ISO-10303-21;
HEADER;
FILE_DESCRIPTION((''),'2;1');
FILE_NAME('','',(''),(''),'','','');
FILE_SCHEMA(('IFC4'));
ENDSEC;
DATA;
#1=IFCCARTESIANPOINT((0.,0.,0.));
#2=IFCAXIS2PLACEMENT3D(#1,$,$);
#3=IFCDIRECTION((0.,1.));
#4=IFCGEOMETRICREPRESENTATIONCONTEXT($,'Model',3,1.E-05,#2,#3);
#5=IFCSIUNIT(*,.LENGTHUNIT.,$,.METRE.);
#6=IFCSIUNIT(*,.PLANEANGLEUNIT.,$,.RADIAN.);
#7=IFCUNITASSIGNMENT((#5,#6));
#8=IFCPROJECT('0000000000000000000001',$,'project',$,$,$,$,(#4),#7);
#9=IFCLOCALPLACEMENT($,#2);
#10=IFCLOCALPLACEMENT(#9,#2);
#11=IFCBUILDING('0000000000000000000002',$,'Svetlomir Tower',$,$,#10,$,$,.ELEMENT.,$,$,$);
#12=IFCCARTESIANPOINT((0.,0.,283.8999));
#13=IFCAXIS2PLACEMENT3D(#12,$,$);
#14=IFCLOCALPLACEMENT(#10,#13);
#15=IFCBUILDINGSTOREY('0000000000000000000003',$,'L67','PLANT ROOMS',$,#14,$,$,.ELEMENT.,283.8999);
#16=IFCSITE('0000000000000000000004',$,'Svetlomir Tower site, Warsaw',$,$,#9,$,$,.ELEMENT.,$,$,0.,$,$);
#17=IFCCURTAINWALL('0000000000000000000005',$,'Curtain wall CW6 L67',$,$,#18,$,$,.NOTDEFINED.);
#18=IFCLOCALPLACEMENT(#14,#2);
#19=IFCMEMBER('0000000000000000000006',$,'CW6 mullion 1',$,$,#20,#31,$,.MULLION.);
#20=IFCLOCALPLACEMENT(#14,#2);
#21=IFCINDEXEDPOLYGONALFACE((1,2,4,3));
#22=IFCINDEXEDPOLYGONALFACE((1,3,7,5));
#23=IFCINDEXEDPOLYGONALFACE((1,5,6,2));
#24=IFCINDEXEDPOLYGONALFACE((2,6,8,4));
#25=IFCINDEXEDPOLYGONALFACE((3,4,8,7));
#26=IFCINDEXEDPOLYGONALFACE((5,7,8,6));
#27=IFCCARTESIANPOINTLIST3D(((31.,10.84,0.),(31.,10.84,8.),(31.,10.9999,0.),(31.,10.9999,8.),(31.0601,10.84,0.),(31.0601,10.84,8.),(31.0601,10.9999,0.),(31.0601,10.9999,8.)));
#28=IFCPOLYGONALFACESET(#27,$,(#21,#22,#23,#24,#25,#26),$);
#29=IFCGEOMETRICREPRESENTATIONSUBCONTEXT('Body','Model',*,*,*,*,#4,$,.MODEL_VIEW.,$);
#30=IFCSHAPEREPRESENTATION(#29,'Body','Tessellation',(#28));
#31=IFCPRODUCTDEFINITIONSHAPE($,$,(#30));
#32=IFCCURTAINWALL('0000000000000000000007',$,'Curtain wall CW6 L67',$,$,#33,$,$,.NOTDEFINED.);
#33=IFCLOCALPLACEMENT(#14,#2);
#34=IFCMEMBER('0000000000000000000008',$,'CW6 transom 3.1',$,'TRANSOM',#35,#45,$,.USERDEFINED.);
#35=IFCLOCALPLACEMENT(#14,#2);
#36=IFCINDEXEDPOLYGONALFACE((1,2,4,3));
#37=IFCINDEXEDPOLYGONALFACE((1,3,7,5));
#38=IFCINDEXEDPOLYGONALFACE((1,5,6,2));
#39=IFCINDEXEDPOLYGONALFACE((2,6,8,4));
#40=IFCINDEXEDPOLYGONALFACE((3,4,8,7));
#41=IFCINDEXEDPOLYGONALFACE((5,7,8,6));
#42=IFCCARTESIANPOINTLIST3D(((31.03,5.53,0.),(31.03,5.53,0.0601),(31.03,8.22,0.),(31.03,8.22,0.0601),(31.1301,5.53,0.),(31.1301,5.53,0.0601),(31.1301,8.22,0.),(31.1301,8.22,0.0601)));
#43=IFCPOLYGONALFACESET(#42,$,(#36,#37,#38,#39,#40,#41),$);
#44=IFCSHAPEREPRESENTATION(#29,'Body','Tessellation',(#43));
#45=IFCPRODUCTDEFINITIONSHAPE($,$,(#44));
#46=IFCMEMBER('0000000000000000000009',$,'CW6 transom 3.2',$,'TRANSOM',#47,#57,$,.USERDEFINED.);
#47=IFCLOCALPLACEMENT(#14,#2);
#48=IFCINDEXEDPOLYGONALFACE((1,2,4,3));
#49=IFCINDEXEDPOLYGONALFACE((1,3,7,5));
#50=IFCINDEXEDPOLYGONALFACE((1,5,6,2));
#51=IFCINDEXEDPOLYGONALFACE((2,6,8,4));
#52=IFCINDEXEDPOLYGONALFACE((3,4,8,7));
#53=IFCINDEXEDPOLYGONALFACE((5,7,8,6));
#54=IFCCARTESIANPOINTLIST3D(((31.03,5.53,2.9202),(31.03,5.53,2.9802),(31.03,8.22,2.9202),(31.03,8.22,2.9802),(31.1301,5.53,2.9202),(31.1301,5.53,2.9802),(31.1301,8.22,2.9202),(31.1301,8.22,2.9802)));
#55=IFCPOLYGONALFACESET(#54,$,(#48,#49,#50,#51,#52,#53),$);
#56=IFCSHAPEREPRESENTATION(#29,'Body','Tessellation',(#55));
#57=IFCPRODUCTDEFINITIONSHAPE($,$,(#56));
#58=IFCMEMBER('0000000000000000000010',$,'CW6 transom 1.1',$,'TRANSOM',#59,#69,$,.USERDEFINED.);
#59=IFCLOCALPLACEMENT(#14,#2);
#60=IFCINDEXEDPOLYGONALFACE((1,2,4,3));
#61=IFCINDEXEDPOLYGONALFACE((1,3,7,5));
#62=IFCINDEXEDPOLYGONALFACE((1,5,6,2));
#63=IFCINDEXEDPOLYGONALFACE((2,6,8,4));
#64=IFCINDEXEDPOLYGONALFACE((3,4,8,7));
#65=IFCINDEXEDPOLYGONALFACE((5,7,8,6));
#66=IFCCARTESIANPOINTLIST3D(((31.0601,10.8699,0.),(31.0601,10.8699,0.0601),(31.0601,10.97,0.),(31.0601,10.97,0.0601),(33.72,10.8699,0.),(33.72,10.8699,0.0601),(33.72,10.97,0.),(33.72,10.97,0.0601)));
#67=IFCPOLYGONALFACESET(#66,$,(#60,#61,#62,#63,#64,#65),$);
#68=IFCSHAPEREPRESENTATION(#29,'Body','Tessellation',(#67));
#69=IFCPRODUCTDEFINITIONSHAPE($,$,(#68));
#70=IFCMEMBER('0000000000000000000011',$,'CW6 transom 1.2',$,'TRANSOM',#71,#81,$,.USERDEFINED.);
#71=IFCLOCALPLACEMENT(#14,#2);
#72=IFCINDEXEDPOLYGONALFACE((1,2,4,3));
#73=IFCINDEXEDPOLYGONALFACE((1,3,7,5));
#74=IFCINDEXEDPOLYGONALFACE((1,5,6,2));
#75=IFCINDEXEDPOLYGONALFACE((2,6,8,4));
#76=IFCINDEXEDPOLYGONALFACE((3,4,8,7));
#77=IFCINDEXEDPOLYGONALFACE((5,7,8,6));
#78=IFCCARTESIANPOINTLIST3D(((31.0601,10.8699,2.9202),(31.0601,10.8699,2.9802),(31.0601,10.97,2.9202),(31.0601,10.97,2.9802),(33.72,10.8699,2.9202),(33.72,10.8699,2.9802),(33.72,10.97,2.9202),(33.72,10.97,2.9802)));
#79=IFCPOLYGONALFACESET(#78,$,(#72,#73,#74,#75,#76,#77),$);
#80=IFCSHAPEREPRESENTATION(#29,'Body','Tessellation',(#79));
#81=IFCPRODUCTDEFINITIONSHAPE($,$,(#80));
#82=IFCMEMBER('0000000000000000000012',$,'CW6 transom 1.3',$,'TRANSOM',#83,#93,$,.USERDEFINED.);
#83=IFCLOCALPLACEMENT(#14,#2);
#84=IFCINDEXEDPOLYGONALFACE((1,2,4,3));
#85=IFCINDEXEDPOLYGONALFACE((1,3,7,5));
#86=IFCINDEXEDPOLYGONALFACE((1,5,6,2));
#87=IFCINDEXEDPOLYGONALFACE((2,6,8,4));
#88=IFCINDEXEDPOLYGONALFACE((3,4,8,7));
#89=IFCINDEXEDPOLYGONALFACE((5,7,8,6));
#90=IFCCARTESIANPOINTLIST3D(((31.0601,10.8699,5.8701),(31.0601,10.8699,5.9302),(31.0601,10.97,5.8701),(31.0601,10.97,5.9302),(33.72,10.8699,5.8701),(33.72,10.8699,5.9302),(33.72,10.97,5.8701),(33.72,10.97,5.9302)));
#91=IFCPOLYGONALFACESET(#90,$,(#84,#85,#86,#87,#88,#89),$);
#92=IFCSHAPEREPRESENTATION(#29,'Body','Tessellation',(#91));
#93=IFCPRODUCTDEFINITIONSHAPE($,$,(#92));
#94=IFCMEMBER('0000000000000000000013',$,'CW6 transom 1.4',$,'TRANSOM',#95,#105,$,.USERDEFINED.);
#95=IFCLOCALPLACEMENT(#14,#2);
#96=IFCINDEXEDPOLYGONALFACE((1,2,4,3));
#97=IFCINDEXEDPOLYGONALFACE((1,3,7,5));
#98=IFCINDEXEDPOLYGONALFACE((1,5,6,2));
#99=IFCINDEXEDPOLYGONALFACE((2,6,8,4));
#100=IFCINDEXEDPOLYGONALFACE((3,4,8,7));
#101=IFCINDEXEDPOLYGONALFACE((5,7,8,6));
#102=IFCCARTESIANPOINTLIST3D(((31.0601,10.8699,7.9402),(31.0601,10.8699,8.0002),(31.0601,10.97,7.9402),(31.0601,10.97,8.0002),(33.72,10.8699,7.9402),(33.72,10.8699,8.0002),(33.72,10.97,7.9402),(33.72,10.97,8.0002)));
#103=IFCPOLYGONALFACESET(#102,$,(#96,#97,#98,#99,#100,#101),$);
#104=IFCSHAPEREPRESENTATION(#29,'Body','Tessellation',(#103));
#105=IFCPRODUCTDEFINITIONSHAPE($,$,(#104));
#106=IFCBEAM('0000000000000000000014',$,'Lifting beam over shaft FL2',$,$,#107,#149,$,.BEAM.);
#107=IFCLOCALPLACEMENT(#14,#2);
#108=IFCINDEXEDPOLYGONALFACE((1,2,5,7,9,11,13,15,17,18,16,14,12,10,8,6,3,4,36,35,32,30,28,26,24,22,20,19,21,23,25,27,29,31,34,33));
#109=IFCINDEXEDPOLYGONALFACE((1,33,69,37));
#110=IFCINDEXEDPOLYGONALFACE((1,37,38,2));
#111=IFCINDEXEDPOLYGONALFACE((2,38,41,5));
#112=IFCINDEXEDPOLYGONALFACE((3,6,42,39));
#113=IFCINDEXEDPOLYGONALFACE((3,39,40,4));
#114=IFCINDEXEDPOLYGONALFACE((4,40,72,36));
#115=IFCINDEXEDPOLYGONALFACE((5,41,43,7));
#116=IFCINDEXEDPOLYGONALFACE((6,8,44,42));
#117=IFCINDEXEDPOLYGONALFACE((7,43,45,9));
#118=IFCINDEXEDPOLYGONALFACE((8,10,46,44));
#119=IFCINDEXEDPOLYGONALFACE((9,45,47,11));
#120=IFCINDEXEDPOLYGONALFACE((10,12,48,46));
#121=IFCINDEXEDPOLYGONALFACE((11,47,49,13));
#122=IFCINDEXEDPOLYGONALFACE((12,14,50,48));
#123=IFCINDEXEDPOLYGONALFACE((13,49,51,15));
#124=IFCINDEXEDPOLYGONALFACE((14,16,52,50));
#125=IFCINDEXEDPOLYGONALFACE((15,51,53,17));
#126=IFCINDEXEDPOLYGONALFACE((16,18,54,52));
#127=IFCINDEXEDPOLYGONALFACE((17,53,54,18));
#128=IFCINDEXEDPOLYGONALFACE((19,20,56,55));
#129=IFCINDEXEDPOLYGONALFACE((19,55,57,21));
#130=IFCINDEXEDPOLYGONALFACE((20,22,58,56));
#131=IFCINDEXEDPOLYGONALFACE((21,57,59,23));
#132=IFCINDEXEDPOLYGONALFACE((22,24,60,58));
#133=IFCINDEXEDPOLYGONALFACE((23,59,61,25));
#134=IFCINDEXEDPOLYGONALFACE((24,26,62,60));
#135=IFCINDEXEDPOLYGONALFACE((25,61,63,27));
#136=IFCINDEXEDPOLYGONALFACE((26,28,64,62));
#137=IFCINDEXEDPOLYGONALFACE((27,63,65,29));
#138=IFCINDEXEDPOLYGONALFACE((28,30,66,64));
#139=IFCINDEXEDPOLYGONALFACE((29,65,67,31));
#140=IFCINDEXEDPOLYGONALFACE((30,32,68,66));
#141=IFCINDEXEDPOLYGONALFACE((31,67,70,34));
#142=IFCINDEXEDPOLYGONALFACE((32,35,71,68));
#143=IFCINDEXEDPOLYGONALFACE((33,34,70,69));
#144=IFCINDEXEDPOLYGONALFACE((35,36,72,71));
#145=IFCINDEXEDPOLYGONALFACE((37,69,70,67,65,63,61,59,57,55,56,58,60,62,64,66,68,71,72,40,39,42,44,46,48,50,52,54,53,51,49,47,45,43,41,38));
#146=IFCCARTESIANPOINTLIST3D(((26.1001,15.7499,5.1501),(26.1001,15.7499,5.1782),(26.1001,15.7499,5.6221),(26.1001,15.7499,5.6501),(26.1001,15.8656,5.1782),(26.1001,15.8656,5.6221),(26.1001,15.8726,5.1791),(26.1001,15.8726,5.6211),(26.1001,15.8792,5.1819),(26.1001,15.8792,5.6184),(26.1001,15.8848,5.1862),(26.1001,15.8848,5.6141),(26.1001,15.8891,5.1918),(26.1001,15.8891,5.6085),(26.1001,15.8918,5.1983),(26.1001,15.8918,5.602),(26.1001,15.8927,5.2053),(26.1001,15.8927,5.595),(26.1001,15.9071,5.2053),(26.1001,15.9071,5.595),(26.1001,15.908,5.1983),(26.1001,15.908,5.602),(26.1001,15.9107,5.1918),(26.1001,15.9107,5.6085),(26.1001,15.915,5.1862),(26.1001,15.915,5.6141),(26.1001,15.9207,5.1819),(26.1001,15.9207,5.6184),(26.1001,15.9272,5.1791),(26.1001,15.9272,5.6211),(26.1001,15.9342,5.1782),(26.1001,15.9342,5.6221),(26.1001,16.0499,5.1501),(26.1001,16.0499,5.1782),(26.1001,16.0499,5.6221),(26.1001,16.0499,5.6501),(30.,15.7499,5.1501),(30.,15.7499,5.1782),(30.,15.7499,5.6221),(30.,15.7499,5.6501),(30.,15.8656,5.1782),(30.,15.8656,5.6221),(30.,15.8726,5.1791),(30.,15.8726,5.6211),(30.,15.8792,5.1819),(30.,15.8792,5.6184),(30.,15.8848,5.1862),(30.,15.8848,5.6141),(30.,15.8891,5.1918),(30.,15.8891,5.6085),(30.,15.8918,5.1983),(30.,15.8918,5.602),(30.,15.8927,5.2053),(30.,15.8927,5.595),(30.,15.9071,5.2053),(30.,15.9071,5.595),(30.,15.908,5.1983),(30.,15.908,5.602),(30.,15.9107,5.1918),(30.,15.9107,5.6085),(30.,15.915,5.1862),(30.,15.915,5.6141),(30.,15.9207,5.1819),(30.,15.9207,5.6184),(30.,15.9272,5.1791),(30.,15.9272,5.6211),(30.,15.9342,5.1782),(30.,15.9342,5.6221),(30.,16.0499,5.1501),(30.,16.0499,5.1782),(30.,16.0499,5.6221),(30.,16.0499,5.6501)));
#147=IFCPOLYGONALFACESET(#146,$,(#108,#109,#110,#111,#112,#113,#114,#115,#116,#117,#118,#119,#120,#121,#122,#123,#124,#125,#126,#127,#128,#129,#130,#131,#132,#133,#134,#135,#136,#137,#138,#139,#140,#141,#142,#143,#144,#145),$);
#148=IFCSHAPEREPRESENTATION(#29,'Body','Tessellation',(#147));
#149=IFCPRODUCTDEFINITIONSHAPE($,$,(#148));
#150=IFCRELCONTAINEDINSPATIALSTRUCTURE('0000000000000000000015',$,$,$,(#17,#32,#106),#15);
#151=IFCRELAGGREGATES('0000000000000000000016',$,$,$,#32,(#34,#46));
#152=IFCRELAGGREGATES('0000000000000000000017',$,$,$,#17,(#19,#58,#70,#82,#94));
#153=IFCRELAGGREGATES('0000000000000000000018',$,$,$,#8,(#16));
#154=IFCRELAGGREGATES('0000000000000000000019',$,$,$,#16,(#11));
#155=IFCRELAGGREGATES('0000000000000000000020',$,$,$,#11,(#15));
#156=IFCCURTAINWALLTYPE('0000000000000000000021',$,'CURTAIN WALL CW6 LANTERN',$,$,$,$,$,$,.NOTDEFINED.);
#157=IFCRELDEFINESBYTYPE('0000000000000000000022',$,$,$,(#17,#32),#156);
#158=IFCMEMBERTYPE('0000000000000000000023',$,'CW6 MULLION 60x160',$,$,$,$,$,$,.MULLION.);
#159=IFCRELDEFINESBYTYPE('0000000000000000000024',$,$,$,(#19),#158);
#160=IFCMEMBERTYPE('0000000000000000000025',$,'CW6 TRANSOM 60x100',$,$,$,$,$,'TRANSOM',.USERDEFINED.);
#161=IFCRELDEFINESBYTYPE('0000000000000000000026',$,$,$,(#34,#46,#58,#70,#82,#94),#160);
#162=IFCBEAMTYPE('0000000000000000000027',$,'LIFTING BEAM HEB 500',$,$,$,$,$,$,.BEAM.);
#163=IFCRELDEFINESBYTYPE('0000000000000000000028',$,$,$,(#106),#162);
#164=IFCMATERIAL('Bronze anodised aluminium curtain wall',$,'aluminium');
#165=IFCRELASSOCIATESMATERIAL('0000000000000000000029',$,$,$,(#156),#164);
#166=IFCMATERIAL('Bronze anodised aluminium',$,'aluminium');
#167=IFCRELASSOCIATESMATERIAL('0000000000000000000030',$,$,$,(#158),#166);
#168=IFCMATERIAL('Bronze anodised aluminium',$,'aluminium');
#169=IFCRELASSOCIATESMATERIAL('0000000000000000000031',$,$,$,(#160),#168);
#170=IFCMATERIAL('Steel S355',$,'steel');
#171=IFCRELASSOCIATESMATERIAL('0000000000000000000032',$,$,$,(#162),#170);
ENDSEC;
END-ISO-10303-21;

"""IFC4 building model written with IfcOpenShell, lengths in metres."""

from ifc_helpers import new_model, si_unit, direction, frame, origin, origin_2d, place, context, subcontext, project, spatial, rectangle, i_section, extrude, material, material_profile, profile_set, type_object, element, aggregate, save


model = new_model("IFC4")

# Units and contexts
model_context = context("Model", 3, precision=1e-05, world=origin(), true_north=direction((0.0, 1.0)))
body_context = subcontext(model_context, "Body", "Model", "MODEL_VIEW")
ifc_project = project(units=[si_unit("LENGTHUNIT", "METRE"), si_unit("PLANEANGLEUNIT", "RADIAN")], contexts=[model_context])

# Site, building, storey
site_placement = place(None, origin())
site = spatial("IfcSite", under=ifc_project, at=site_placement, Name="Svetlomir Tower site, Warsaw", CompositionType="ELEMENT", RefElevation=0.0)
building_placement = place(site_placement, origin())
building = spatial("IfcBuilding", under=site, at=building_placement, Name="Svetlomir Tower", CompositionType="ELEMENT")
storey_placement = place(building_placement, frame((0.0, 0.0, 283.8999)))
storey = spatial("IfcBuildingStorey", under=building, at=storey_placement, Name="L67", Description="PLANT ROOMS", CompositionType="ELEMENT", Elevation=283.8999)

# Curtain wall, member
ifc_material_1 = material(Name="Bronze anodised aluminium curtain wall", Category="aluminium")
curtain_wall_type = type_object("IfcCurtainWallType", Name="CURTAIN WALL CW6 LANTERN", PredefinedType="NOTDEFINED", material=ifc_material_1)
curtain_wall_1_placement = place(storey_placement, origin())
curtain_wall_1 = element("IfcCurtainWall", 1, at=curtain_wall_1_placement, inside=storey, type_object=curtain_wall_type, Name="Curtain wall CW6 L67", PredefinedType="NOTDEFINED")
ifc_material_2 = material(Name="Bronze anodised aluminium", Category="aluminium")
ifc_material_profile_1 = material_profile(ifc_material_2, rectangle(XDim=0.0601, YDim=0.1599, at=origin_2d()), Name="AL 60x160")
ifc_profile_set_1 = profile_set([ifc_material_profile_1], Name="Bronze anodised aluminium 6063-T6")
member_type_1 = type_object("IfcMemberType", Name="CW6 MULLION 60x160", PredefinedType="MULLION", material=ifc_profile_set_1)
member_1_placement = place(storey_placement, frame((31.03, 10.9199, 0.0), z_axis=(0.0, 0.0, 1.0), x_axis=(1.0, 0.0, 0.0)))
member_1 = element("IfcMember", 2, at=member_1_placement, type_object=member_type_1, Name="CW6 mullion 1", PredefinedType="MULLION", context=body_context, shape_type="SweptSolid", body=[
    extrude(rectangle(XDim=0.0601, YDim=0.1599, at=origin_2d()), origin(), (0.0, 0.0, 1.0), 8.0),
])

# Curtain wall, members
curtain_wall_2_placement = place(storey_placement, origin())
curtain_wall_2 = element("IfcCurtainWall", 3, at=curtain_wall_2_placement, inside=storey, type_object=curtain_wall_type, Name="Curtain wall CW6 L67", PredefinedType="NOTDEFINED")
ifc_material_3 = material(Name="Bronze anodised aluminium", Category="aluminium")
ifc_material_profile_2 = material_profile(ifc_material_3, rectangle(XDim=0.1001, YDim=0.0601, at=origin_2d()), Name="AL 100x60")
ifc_profile_set_2 = profile_set([ifc_material_profile_2], Name="Bronze anodised aluminium 6063-T6")
member_type_2 = type_object("IfcMemberType", Name="CW6 TRANSOM 60x100", ElementType="TRANSOM", PredefinedType="USERDEFINED", material=ifc_profile_set_2)
member_2_placement = place(storey_placement, frame((31.0801, 5.53, 0.03), z_axis=(0.0, 1.0, 0.0), x_axis=(-1.0, 0.0, 0.0)))
member_2 = element("IfcMember", 4, at=member_2_placement, type_object=member_type_2, Name="CW6 transom 3.1", ObjectType="TRANSOM", PredefinedType="USERDEFINED", context=body_context, shape_type="SweptSolid", body=[
    extrude(rectangle(XDim=0.1001, YDim=0.0601, at=origin_2d()), origin(), (0.0, 0.0, 1.0), 2.6899),
])
member_3_placement = place(storey_placement, frame((31.0801, 5.53, 2.9502), z_axis=(0.0, 1.0, 0.0), x_axis=(-1.0, 0.0, 0.0)))
member_3 = element("IfcMember", 5, at=member_3_placement, type_object=member_type_2, Name="CW6 transom 3.2", ObjectType="TRANSOM", PredefinedType="USERDEFINED", context=body_context, shape_type="SweptSolid", body=[
    extrude(rectangle(XDim=0.1001, YDim=0.0601, at=origin_2d()), origin(), (0.0, 0.0, 1.0), 2.6899),
])
aggregate(curtain_wall_2, [member_2, member_3])

# Members
member_4_placement = place(storey_placement, frame((31.0601, 10.9199, 0.03), z_axis=(1.0, 0.0, 0.0), x_axis=(0.0, 1.0, 0.0)))
member_4 = element("IfcMember", 6, at=member_4_placement, type_object=member_type_2, Name="CW6 transom 1.1", ObjectType="TRANSOM", PredefinedType="USERDEFINED", context=body_context, shape_type="SweptSolid", body=[
    extrude(rectangle(XDim=0.1001, YDim=0.0601, at=origin_2d()), origin(), (0.0, 0.0, 1.0), 2.6599),
])
member_5_placement = place(storey_placement, frame((31.0601, 10.9199, 2.9502), z_axis=(1.0, 0.0, 0.0), x_axis=(0.0, 1.0, 0.0)))
member_5 = element("IfcMember", 7, at=member_5_placement, type_object=member_type_2, Name="CW6 transom 1.2", ObjectType="TRANSOM", PredefinedType="USERDEFINED", context=body_context, shape_type="SweptSolid", body=[
    extrude(rectangle(XDim=0.1001, YDim=0.0601, at=origin_2d()), origin(), (0.0, 0.0, 1.0), 2.6599),
])
member_6_placement = place(storey_placement, frame((31.0601, 10.9199, 5.9001), z_axis=(1.0, 0.0, 0.0), x_axis=(0.0, 1.0, 0.0)))
member_6 = element("IfcMember", 8, at=member_6_placement, type_object=member_type_2, Name="CW6 transom 1.3", ObjectType="TRANSOM", PredefinedType="USERDEFINED", context=body_context, shape_type="SweptSolid", body=[
    extrude(rectangle(XDim=0.1001, YDim=0.0601, at=origin_2d()), origin(), (0.0, 0.0, 1.0), 2.6599),
])
member_7_placement = place(storey_placement, frame((31.0601, 10.9199, 7.9702), z_axis=(1.0, 0.0, 0.0), x_axis=(0.0, 1.0, 0.0)))
member_7 = element("IfcMember", 9, at=member_7_placement, type_object=member_type_2, Name="CW6 transom 1.4", ObjectType="TRANSOM", PredefinedType="USERDEFINED", context=body_context, shape_type="SweptSolid", body=[
    extrude(rectangle(XDim=0.1001, YDim=0.0601, at=origin_2d()), origin(), (0.0, 0.0, 1.0), 2.6599),
])
aggregate(curtain_wall_1, [member_1, member_4, member_5, member_6, member_7])

# Beam
ifc_material_4 = material(Name="Steel S355", Category="steel")
ifc_material_profile_3 = material_profile(ifc_material_4, i_section(OverallWidth=0.3, OverallDepth=0.5, WebThickness=0.0144, FlangeThickness=0.0281, FilletRadius=0.0271, at=origin_2d()), Name="HEB 500")
ifc_profile_set_3 = profile_set([ifc_material_profile_3], Name="Steel S355")
beam_type = type_object("IfcBeamType", Name="LIFTING BEAM HEB 500", PredefinedType="BEAM", material=ifc_profile_set_3)
beam_placement = place(storey_placement, frame((26.1001, 15.8999, 5.4001), z_axis=(1.0, 0.0, 0.0), x_axis=(0.0, 1.0, 0.0)))
element("IfcBeam", 10, at=beam_placement, inside=storey, type_object=beam_type, Name="Lifting beam over shaft FL2", PredefinedType="BEAM", context=body_context, shape_type="SweptSolid", body=[
    extrude(i_section(OverallWidth=0.3, OverallDepth=0.5, WebThickness=0.0144, FlangeThickness=0.0281, FilletRadius=0.0271, at=origin_2d()), origin(), (0.0, 0.0, 1.0), 3.8999),
])

save(model, "model.ifc")
